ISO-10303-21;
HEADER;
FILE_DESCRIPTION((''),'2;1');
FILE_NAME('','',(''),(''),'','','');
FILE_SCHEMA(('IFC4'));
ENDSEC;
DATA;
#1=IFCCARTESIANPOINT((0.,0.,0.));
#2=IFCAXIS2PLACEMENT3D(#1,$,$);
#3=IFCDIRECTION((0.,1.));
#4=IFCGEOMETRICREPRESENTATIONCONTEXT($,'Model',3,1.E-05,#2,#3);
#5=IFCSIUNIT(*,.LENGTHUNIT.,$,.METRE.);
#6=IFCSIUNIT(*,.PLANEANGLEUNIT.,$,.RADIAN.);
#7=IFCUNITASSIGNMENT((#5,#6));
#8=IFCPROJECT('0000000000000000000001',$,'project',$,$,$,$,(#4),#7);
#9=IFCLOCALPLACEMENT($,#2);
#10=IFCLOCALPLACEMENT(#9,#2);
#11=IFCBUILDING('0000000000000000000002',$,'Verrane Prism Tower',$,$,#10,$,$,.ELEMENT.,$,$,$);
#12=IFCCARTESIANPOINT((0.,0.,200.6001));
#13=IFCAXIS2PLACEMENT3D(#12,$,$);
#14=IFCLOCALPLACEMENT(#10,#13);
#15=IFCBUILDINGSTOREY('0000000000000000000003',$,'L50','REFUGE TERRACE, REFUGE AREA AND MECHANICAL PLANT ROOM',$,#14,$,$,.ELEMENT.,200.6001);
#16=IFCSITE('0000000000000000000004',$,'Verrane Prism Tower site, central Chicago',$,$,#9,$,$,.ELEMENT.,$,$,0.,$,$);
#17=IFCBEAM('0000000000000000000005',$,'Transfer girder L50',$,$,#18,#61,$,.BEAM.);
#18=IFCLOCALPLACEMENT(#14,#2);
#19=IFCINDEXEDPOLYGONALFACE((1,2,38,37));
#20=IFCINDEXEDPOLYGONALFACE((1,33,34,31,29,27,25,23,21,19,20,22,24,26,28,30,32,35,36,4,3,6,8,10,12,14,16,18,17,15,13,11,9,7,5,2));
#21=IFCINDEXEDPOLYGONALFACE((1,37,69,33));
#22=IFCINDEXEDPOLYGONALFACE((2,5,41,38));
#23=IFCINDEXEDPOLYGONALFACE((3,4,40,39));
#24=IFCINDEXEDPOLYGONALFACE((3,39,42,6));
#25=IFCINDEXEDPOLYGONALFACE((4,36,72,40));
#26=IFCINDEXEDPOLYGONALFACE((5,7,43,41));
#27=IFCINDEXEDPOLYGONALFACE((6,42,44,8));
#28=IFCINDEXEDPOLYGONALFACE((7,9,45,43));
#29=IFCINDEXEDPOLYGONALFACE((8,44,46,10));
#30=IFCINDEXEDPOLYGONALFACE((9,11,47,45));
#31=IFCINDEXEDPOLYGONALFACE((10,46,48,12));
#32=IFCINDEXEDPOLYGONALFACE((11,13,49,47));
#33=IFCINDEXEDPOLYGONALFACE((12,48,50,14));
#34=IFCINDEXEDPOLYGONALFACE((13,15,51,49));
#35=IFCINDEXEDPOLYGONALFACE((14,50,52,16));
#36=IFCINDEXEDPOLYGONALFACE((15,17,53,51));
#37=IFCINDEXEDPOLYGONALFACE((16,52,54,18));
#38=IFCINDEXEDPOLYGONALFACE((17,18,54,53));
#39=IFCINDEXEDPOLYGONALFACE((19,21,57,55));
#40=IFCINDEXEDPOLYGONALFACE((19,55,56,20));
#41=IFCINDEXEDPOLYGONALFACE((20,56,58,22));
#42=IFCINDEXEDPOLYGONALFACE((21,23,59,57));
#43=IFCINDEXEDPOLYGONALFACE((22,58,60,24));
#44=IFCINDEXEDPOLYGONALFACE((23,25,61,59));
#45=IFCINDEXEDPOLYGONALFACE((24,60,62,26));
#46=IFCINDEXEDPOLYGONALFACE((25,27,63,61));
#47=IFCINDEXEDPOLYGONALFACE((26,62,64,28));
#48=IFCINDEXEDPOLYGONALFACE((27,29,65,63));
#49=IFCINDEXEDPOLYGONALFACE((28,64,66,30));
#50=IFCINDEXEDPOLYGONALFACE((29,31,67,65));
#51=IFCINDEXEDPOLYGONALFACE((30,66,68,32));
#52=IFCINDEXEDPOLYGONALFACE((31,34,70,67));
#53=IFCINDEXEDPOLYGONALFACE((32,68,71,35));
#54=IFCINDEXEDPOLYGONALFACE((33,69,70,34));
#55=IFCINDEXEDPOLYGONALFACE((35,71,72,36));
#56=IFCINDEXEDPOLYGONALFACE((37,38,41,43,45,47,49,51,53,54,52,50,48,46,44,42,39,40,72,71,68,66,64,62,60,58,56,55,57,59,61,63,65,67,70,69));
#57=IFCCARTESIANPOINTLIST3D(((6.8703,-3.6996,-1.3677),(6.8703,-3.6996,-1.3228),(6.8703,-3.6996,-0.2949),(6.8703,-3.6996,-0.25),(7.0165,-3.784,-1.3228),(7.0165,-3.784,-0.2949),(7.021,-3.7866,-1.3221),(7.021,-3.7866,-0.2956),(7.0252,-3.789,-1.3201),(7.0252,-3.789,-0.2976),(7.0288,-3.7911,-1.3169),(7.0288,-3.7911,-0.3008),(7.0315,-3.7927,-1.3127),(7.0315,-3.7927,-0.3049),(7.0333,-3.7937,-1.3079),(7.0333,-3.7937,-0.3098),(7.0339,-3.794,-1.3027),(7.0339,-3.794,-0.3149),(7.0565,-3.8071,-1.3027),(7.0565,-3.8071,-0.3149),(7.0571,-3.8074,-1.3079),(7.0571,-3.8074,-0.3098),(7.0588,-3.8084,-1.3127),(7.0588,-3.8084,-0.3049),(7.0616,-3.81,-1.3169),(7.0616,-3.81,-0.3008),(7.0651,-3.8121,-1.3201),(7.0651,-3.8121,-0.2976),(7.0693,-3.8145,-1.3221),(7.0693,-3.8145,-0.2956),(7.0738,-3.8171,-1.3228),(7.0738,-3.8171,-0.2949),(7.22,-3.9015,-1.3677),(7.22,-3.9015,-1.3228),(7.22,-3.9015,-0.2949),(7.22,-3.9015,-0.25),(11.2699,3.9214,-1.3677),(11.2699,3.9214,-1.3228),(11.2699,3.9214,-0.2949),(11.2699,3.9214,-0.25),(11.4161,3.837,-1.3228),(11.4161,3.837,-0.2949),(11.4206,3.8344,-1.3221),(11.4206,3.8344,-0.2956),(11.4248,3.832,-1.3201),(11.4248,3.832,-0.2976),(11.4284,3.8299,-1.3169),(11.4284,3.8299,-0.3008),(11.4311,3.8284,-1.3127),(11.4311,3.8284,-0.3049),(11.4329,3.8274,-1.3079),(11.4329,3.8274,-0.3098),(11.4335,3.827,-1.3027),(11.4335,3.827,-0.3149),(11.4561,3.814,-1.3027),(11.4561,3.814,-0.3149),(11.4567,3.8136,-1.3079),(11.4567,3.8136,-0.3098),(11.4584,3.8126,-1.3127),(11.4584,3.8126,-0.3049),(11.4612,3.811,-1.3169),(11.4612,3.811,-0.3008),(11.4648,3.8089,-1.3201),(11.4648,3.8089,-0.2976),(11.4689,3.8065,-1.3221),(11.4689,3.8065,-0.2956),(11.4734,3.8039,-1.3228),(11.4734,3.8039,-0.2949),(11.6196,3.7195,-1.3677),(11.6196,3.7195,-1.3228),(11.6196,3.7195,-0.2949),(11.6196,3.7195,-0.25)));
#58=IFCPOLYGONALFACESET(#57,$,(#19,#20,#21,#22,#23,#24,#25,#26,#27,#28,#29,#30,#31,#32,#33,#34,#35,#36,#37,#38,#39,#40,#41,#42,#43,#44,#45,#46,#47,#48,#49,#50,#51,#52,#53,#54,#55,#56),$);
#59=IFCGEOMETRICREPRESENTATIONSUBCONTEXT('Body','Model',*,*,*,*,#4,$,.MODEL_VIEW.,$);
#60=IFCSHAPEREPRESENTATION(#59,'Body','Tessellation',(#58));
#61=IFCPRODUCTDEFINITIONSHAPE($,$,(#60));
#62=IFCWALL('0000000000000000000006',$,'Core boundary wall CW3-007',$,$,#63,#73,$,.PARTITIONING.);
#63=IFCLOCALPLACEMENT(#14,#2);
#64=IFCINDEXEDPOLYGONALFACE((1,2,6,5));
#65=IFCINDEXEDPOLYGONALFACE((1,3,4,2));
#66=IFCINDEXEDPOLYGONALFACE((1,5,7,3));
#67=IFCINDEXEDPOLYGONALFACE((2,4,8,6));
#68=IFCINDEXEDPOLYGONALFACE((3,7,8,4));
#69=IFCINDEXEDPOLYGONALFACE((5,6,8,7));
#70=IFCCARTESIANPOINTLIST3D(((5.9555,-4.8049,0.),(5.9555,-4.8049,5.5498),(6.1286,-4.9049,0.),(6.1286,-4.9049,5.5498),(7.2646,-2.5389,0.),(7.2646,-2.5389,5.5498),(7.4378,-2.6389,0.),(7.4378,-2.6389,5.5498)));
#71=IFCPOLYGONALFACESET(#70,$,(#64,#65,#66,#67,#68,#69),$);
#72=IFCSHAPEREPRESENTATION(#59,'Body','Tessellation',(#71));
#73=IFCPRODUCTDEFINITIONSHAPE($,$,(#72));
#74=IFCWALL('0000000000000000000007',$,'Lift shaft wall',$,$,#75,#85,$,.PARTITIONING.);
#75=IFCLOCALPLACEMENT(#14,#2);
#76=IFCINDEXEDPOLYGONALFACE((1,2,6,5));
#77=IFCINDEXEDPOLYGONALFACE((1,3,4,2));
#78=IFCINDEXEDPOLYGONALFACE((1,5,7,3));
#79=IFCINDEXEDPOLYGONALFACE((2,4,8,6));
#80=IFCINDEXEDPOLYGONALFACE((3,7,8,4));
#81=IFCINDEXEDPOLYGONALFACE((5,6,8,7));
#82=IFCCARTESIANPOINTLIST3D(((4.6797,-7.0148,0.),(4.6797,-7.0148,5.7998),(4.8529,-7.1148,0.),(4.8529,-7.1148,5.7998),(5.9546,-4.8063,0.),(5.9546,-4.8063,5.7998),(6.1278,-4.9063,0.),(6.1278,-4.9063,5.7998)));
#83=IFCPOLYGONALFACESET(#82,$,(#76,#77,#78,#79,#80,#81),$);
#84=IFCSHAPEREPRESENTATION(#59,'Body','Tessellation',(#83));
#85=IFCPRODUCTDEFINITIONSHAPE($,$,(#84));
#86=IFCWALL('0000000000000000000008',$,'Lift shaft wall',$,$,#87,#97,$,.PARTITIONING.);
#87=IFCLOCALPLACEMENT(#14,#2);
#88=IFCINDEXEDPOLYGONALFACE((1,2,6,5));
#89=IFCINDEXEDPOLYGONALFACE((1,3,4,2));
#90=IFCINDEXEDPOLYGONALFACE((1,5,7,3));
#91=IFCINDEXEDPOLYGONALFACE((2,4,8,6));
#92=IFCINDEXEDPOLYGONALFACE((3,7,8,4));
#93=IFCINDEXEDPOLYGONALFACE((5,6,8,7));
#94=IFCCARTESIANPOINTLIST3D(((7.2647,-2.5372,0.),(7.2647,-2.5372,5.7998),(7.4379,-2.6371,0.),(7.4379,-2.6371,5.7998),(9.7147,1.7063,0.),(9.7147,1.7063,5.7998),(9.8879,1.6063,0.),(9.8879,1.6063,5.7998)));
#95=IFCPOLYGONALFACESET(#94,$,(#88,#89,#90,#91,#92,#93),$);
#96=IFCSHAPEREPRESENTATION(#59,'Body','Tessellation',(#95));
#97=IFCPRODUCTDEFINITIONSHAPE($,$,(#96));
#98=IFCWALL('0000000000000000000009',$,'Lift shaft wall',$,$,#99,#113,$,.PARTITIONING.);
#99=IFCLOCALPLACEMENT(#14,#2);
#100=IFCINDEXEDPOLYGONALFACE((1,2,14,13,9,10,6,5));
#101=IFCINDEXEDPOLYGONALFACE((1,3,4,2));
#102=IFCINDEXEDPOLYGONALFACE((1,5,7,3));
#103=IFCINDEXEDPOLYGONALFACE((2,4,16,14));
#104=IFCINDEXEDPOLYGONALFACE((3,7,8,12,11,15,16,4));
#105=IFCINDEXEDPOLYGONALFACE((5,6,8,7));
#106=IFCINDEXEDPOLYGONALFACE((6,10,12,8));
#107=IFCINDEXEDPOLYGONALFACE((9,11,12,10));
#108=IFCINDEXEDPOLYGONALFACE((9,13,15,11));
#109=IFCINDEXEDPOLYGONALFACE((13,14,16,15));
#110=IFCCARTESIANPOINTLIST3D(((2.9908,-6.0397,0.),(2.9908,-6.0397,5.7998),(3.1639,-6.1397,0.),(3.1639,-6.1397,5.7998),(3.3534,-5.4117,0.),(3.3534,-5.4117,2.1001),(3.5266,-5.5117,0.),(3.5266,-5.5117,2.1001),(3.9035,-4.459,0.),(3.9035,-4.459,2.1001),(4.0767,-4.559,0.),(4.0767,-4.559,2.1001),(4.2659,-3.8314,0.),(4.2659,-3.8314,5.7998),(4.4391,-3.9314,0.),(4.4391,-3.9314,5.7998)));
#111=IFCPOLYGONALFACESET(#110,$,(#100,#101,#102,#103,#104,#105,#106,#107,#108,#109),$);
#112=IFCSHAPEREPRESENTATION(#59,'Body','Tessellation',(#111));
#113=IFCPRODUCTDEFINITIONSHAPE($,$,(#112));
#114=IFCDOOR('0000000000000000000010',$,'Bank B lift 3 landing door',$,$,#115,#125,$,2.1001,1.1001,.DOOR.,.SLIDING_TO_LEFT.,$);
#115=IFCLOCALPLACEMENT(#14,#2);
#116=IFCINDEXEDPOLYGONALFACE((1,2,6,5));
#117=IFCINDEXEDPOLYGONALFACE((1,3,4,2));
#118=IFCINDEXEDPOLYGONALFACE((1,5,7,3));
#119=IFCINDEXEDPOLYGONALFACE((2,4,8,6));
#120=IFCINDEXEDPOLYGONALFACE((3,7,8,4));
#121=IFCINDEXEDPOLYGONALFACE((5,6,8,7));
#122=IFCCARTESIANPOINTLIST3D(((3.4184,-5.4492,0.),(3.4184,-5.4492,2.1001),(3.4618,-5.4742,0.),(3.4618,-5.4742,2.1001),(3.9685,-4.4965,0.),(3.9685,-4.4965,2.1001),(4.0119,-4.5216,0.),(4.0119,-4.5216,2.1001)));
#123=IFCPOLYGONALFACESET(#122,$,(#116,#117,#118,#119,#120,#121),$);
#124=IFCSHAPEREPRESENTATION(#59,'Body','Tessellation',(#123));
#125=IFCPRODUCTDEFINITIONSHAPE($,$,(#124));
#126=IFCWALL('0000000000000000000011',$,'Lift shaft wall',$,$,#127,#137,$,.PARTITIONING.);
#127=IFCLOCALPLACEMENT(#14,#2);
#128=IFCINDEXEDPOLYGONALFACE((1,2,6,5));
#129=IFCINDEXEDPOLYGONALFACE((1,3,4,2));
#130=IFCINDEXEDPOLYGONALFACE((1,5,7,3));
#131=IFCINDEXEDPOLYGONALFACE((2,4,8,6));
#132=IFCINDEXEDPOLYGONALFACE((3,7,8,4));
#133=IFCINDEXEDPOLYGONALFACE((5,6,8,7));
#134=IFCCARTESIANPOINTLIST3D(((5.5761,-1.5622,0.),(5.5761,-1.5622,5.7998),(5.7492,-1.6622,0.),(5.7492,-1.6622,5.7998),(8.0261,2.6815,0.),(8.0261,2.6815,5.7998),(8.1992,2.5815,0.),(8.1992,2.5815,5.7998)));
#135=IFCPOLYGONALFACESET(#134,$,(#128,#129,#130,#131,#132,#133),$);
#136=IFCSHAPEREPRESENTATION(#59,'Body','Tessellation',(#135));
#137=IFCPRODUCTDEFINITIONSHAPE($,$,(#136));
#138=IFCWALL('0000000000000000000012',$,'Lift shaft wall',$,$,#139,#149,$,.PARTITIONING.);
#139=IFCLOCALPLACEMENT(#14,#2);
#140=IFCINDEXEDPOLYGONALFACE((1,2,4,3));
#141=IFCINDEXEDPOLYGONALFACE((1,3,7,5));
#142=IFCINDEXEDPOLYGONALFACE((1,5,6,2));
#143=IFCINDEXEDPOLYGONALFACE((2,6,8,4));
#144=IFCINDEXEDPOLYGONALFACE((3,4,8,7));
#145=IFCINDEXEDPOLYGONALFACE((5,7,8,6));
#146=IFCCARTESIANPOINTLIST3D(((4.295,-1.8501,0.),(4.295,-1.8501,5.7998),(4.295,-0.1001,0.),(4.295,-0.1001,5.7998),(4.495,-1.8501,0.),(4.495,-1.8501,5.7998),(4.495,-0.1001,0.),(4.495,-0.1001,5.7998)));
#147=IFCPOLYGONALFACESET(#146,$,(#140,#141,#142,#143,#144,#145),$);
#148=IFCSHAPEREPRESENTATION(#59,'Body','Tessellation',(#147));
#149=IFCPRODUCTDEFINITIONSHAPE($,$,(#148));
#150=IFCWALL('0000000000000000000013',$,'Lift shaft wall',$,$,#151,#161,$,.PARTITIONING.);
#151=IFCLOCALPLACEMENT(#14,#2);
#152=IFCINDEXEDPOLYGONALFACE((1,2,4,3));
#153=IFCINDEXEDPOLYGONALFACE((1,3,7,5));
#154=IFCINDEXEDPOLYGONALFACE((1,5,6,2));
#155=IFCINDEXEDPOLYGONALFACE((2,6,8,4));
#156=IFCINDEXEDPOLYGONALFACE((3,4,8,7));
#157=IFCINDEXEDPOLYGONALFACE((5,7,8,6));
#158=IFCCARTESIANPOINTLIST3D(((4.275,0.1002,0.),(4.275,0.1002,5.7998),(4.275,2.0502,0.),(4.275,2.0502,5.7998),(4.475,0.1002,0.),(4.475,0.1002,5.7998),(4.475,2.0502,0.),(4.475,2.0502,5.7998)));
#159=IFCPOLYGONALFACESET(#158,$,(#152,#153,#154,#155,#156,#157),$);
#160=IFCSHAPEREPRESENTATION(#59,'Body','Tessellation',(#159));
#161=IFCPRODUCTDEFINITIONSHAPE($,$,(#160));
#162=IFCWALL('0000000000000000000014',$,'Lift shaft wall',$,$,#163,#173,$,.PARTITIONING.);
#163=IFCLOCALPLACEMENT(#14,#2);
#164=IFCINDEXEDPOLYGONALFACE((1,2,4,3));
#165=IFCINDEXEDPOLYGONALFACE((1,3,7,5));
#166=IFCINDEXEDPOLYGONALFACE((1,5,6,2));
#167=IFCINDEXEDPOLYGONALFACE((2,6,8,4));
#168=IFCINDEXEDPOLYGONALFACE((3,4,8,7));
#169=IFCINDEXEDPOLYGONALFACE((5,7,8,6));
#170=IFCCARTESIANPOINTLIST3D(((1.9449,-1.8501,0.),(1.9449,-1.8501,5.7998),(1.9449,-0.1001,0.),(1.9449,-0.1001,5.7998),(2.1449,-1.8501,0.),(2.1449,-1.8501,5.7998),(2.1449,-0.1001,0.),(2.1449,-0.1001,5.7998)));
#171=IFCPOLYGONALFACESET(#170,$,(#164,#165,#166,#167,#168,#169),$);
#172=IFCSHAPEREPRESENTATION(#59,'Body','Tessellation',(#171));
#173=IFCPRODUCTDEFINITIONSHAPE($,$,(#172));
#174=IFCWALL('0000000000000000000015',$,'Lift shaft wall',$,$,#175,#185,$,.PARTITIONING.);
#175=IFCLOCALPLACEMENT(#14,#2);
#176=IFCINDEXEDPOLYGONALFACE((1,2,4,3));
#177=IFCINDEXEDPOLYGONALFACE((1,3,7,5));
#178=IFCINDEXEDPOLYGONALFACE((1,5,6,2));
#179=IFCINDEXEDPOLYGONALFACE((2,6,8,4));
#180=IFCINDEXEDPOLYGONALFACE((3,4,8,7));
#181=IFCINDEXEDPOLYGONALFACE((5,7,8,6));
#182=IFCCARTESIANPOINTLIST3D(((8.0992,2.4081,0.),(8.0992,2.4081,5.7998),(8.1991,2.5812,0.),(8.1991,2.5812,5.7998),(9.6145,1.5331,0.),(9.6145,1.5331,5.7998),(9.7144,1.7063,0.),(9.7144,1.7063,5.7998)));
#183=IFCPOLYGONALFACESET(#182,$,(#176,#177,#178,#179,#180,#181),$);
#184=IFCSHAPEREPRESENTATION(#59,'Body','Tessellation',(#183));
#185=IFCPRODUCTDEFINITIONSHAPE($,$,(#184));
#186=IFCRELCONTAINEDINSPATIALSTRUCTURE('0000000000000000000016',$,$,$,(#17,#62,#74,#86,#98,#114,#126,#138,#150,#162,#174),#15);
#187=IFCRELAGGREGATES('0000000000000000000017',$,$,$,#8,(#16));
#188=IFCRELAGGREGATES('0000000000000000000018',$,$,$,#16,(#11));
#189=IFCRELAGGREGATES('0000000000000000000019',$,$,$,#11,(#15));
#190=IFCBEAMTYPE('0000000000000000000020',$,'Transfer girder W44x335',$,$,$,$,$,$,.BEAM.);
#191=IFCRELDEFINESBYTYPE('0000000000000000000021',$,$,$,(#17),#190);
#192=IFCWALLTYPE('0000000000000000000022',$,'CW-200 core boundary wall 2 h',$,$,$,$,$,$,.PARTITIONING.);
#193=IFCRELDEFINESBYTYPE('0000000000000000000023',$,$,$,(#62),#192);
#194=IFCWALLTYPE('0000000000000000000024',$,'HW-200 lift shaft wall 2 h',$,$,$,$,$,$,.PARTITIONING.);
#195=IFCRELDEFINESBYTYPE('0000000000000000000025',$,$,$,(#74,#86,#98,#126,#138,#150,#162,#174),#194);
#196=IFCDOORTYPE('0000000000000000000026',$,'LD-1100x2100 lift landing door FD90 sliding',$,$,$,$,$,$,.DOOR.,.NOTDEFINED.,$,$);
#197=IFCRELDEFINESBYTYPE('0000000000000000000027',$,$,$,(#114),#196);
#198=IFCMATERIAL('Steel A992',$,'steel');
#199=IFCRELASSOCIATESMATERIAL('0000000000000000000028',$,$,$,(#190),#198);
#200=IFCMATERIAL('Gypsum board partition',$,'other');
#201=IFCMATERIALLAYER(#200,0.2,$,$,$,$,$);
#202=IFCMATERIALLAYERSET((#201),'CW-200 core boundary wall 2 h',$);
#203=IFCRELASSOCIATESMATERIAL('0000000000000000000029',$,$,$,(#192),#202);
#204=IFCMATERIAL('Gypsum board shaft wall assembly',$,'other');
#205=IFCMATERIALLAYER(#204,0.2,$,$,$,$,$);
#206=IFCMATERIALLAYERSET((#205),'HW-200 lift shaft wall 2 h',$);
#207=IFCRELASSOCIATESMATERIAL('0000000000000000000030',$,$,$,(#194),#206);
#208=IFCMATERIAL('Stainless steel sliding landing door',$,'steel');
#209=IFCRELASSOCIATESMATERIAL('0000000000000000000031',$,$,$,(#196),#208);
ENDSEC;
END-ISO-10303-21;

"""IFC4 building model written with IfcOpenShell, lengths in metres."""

from ifc_helpers import new_model, si_unit, direction, frame, frame_2d, origin, origin_2d, place, context, subcontext, project, spatial, rectangle, i_section, extrude, material, layer, layer_set, material_profile, profile_set, type_object, element, fill, save


model = new_model("IFC4")

# Units and contexts
model_context = context("Model", 3, precision=1e-05, world=origin(), true_north=direction((0.0, 1.0)))
body_context = subcontext(model_context, "Body", "Model", "MODEL_VIEW")
ifc_project = project(units=[si_unit("LENGTHUNIT", "METRE"), si_unit("PLANEANGLEUNIT", "RADIAN")], contexts=[model_context])

# Site, building, storey
site_placement = place(None, origin())
site = spatial("IfcSite", under=ifc_project, at=site_placement, Name="Verrane Prism Tower site, central Chicago", CompositionType="ELEMENT", RefElevation=0.0)
building_placement = place(site_placement, origin())
building = spatial("IfcBuilding", under=site, at=building_placement, Name="Verrane Prism Tower", CompositionType="ELEMENT")
storey_placement = place(building_placement, frame((0.0, 0.0, 200.6001)))
storey = spatial("IfcBuildingStorey", under=building, at=storey_placement, Name="L50", Description="REFUGE TERRACE, REFUGE AREA AND MECHANICAL PLANT ROOM", CompositionType="ELEMENT", Elevation=200.6001)

# Beam
ifc_material_1 = material(Name="Steel A992", Category="steel")
ifc_material_profile_1 = material_profile(ifc_material_1, i_section(OverallWidth=0.4038, OverallDepth=1.1177, WebThickness=0.0261, FlangeThickness=0.0449, FilletRadius=0.02, at=origin_2d()), Name="W44x335")
ifc_profile_set_1 = profile_set([ifc_material_profile_1], Name="Steel A992")
beam_type_1 = type_object("IfcBeamType", Name="Transfer girder W44x335", PredefinedType="BEAM", material=ifc_profile_set_1)
beam_1_placement = place(storey_placement, frame((7.0452, -3.8005, -0.8088), z_axis=(0.499967, 0.866044, 0.0), x_axis=(-0.866044, 0.499967, 0.0)))
element("IfcBeam", 1, at=beam_1_placement, inside=storey, type_object=beam_type_1, Name="Transfer girder L50", PredefinedType="BEAM", context=body_context, shape_type="SweptSolid", body=[
    extrude(i_section(OverallWidth=0.4038, OverallDepth=1.1177, WebThickness=0.0261, FlangeThickness=0.0449, FilletRadius=0.02, at=origin_2d()), origin(), (0.0, 0.0, 1.0), 8.7998),
])

# Walls
ifc_material_2 = material(Name="Gypsum board partition", Category="other")
ifc_layer_1 = layer(ifc_material_2, 0.2)
ifc_layer_set_1 = layer_set([ifc_layer_1], Name="CW-200 core boundary wall 2 h")
wall_type_1 = type_object("IfcWallType", Name="CW-200 core boundary wall 2 h", PredefinedType="PARTITIONING", material=ifc_layer_set_1)
wall_1_placement = place(storey_placement, frame((6.042, -4.855, 0.0), z_axis=(0.0, 0.0, 1.0), x_axis=(0.500253, 0.865879, 0.0)))
element("IfcWall", 2, at=wall_1_placement, inside=storey, type_object=wall_type_1, Name="Core boundary wall CW3-007", PredefinedType="PARTITIONING", context=body_context, shape_type="SweptSolid", body=[
    extrude(rectangle(XDim=2.6169, YDim=0.2, at=frame_2d((1.3086, 0.0))), origin(), (0.0, 0.0, 1.0), 5.5498),
])
ifc_material_3 = material(Name="Gypsum board shaft wall assembly", Category="other")
ifc_layer_2 = layer(ifc_material_3, 0.2)
ifc_layer_set_2 = layer_set([ifc_layer_2], Name="HW-200 lift shaft wall 2 h")
wall_type_2 = type_object("IfcWallType", Name="HW-200 lift shaft wall 2 h", PredefinedType="PARTITIONING", material=ifc_layer_set_2)
wall_2_placement = place(storey_placement, frame((4.7664, -7.0647, 0.0), z_axis=(0.0, 0.0, 1.0), x_axis=(0.499949, 0.866055, 0.0)))
element("IfcWall", 3, at=wall_2_placement, inside=storey, type_object=wall_type_2, Name="Lift shaft wall", PredefinedType="PARTITIONING", context=body_context, shape_type="SweptSolid", body=[
    extrude(rectangle(XDim=2.55, YDim=0.2, at=frame_2d((1.2749, 0.0))), origin(), (0.0, 0.0, 1.0), 5.7998),
])
wall_3_placement = place(storey_placement, frame((7.3513, -2.5872, 0.0), z_axis=(0.0, 0.0, 1.0), x_axis=(0.500003, 0.866024, 0.0)))
element("IfcWall", 4, at=wall_3_placement, inside=storey, type_object=wall_type_2, Name="Lift shaft wall", PredefinedType="PARTITIONING", context=body_context, shape_type="SweptSolid", body=[
    extrude(rectangle(XDim=4.8999, YDim=0.2, at=frame_2d((2.45, 0.0))), origin(), (0.0, 0.0, 1.0), 5.7998),
])

# Wall, opening, door
wall_4_placement = place(storey_placement, frame((3.0774, -6.0896, 0.0), z_axis=(0.0, 0.0, 1.0), x_axis=(0.500062, 0.865989, 0.0)))
wall_4 = element("IfcWall", 5, at=wall_4_placement, inside=storey, type_object=wall_type_2, Name="Lift shaft wall", PredefinedType="PARTITIONING", context=body_context, shape_type="SweptSolid", body=[
    extrude(rectangle(XDim=2.55, YDim=0.2, at=frame_2d((1.2749, 0.0))), origin(), (0.0, 0.0, 1.0), 5.7998),
])
opening_placement = place(wall_4_placement, frame((0.7251, 0.0, 0.0)))
opening = element("IfcOpeningElement", 6, at=opening_placement, cuts=wall_4, PredefinedType="OPENING", context=body_context, shape_type="SweptSolid", body=[
    extrude(rectangle(XDim=1.1001, YDim=2.1001, at=frame_2d((0.55, 1.05))), frame((0.0, 0.1099, 0.0), z_axis=(0.0, -1.0, 0.0), x_axis=(1.0, 0.0, 0.0)), (0.0, 0.0, 1.0), 0.22),
])
ifc_material_4 = material(Name="Stainless steel sliding landing door", Category="steel")
door_type = type_object("IfcDoorType", Name="LD-1100x2100 lift landing door FD90 sliding", OperationType="NOTDEFINED", PredefinedType="DOOR", material=ifc_material_4)
door_placement = place(opening_placement, origin())
door = element("IfcDoor", 7, at=door_placement, inside=storey, type_object=door_type, Name="Bank B lift 3 landing door", OperationType="SLIDING_TO_LEFT", OverallHeight=2.1001, OverallWidth=1.1001, PredefinedType="DOOR", context=body_context, shape_type="SweptSolid", body=[
    extrude(rectangle(XDim=1.1001, YDim=2.1001, at=frame_2d((0.55, 1.05))), frame((0.0, 0.0249, 0.0), z_axis=(0.0, -1.0, 0.0), x_axis=(1.0, 0.0, 0.0)), (0.0, 0.0, 1.0), 0.05),
])
fill(opening, door)

# Walls
wall_5_placement = place(storey_placement, frame((5.6626, -1.6123, 0.0), z_axis=(0.0, 0.0, 1.0), x_axis=(0.499981, 0.866036, 0.0)))
element("IfcWall", 8, at=wall_5_placement, inside=storey, type_object=wall_type_2, Name="Lift shaft wall", PredefinedType="PARTITIONING", context=body_context, shape_type="SweptSolid", body=[
    extrude(rectangle(XDim=4.9001, YDim=0.2, at=frame_2d((2.4502, 0.0))), origin(), (0.0, 0.0, 1.0), 5.7998),
])
wall_6_placement = place(storey_placement, frame((4.395, -1.8501, 0.0), z_axis=(0.0, 0.0, 1.0), x_axis=(0.0, 1.0, 0.0)))
element("IfcWall", 9, at=wall_6_placement, inside=storey, type_object=wall_type_2, Name="Lift shaft wall", PredefinedType="PARTITIONING", context=body_context, shape_type="SweptSolid", body=[
    extrude(rectangle(XDim=1.75, YDim=0.2, at=frame_2d((0.875, 0.0))), origin(), (0.0, 0.0, 1.0), 5.7998),
])
wall_7_placement = place(storey_placement, frame((4.375, 0.1001, 0.0), z_axis=(0.0, 0.0, 1.0), x_axis=(0.0, 1.0, 0.0)))
element("IfcWall", 10, at=wall_7_placement, inside=storey, type_object=wall_type_2, Name="Lift shaft wall", PredefinedType="PARTITIONING", context=body_context, shape_type="SweptSolid", body=[
    extrude(rectangle(XDim=1.95, YDim=0.2, at=frame_2d((0.9751, 0.0))), origin(), (0.0, 0.0, 1.0), 5.7998),
])
wall_8_placement = place(storey_placement, frame((2.0449, -1.8501, 0.0), z_axis=(0.0, 0.0, 1.0), x_axis=(0.0, 1.0, 0.0)))
element("IfcWall", 11, at=wall_8_placement, inside=storey, type_object=wall_type_2, Name="Lift shaft wall", PredefinedType="PARTITIONING", context=body_context, shape_type="SweptSolid", body=[
    extrude(rectangle(XDim=1.75, YDim=0.2, at=frame_2d((0.875, 0.0))), origin(), (0.0, 0.0, 1.0), 5.7998),
])
wall_9_placement = place(storey_placement, frame((9.6646, 1.6196, 0.0), z_axis=(0.0, 0.0, 1.0), x_axis=(-0.866002, 0.50004, 0.0)))
element("IfcWall", 12, at=wall_9_placement, inside=storey, type_object=wall_type_2, Name="Lift shaft wall", PredefinedType="PARTITIONING", context=body_context, shape_type="SweptSolid", body=[
    extrude(rectangle(XDim=1.7498, YDim=0.2, at=frame_2d((0.875, 0.0))), origin(), (0.0, 0.0, 1.0), 5.7998),
])

save(model, "model.ifc")
